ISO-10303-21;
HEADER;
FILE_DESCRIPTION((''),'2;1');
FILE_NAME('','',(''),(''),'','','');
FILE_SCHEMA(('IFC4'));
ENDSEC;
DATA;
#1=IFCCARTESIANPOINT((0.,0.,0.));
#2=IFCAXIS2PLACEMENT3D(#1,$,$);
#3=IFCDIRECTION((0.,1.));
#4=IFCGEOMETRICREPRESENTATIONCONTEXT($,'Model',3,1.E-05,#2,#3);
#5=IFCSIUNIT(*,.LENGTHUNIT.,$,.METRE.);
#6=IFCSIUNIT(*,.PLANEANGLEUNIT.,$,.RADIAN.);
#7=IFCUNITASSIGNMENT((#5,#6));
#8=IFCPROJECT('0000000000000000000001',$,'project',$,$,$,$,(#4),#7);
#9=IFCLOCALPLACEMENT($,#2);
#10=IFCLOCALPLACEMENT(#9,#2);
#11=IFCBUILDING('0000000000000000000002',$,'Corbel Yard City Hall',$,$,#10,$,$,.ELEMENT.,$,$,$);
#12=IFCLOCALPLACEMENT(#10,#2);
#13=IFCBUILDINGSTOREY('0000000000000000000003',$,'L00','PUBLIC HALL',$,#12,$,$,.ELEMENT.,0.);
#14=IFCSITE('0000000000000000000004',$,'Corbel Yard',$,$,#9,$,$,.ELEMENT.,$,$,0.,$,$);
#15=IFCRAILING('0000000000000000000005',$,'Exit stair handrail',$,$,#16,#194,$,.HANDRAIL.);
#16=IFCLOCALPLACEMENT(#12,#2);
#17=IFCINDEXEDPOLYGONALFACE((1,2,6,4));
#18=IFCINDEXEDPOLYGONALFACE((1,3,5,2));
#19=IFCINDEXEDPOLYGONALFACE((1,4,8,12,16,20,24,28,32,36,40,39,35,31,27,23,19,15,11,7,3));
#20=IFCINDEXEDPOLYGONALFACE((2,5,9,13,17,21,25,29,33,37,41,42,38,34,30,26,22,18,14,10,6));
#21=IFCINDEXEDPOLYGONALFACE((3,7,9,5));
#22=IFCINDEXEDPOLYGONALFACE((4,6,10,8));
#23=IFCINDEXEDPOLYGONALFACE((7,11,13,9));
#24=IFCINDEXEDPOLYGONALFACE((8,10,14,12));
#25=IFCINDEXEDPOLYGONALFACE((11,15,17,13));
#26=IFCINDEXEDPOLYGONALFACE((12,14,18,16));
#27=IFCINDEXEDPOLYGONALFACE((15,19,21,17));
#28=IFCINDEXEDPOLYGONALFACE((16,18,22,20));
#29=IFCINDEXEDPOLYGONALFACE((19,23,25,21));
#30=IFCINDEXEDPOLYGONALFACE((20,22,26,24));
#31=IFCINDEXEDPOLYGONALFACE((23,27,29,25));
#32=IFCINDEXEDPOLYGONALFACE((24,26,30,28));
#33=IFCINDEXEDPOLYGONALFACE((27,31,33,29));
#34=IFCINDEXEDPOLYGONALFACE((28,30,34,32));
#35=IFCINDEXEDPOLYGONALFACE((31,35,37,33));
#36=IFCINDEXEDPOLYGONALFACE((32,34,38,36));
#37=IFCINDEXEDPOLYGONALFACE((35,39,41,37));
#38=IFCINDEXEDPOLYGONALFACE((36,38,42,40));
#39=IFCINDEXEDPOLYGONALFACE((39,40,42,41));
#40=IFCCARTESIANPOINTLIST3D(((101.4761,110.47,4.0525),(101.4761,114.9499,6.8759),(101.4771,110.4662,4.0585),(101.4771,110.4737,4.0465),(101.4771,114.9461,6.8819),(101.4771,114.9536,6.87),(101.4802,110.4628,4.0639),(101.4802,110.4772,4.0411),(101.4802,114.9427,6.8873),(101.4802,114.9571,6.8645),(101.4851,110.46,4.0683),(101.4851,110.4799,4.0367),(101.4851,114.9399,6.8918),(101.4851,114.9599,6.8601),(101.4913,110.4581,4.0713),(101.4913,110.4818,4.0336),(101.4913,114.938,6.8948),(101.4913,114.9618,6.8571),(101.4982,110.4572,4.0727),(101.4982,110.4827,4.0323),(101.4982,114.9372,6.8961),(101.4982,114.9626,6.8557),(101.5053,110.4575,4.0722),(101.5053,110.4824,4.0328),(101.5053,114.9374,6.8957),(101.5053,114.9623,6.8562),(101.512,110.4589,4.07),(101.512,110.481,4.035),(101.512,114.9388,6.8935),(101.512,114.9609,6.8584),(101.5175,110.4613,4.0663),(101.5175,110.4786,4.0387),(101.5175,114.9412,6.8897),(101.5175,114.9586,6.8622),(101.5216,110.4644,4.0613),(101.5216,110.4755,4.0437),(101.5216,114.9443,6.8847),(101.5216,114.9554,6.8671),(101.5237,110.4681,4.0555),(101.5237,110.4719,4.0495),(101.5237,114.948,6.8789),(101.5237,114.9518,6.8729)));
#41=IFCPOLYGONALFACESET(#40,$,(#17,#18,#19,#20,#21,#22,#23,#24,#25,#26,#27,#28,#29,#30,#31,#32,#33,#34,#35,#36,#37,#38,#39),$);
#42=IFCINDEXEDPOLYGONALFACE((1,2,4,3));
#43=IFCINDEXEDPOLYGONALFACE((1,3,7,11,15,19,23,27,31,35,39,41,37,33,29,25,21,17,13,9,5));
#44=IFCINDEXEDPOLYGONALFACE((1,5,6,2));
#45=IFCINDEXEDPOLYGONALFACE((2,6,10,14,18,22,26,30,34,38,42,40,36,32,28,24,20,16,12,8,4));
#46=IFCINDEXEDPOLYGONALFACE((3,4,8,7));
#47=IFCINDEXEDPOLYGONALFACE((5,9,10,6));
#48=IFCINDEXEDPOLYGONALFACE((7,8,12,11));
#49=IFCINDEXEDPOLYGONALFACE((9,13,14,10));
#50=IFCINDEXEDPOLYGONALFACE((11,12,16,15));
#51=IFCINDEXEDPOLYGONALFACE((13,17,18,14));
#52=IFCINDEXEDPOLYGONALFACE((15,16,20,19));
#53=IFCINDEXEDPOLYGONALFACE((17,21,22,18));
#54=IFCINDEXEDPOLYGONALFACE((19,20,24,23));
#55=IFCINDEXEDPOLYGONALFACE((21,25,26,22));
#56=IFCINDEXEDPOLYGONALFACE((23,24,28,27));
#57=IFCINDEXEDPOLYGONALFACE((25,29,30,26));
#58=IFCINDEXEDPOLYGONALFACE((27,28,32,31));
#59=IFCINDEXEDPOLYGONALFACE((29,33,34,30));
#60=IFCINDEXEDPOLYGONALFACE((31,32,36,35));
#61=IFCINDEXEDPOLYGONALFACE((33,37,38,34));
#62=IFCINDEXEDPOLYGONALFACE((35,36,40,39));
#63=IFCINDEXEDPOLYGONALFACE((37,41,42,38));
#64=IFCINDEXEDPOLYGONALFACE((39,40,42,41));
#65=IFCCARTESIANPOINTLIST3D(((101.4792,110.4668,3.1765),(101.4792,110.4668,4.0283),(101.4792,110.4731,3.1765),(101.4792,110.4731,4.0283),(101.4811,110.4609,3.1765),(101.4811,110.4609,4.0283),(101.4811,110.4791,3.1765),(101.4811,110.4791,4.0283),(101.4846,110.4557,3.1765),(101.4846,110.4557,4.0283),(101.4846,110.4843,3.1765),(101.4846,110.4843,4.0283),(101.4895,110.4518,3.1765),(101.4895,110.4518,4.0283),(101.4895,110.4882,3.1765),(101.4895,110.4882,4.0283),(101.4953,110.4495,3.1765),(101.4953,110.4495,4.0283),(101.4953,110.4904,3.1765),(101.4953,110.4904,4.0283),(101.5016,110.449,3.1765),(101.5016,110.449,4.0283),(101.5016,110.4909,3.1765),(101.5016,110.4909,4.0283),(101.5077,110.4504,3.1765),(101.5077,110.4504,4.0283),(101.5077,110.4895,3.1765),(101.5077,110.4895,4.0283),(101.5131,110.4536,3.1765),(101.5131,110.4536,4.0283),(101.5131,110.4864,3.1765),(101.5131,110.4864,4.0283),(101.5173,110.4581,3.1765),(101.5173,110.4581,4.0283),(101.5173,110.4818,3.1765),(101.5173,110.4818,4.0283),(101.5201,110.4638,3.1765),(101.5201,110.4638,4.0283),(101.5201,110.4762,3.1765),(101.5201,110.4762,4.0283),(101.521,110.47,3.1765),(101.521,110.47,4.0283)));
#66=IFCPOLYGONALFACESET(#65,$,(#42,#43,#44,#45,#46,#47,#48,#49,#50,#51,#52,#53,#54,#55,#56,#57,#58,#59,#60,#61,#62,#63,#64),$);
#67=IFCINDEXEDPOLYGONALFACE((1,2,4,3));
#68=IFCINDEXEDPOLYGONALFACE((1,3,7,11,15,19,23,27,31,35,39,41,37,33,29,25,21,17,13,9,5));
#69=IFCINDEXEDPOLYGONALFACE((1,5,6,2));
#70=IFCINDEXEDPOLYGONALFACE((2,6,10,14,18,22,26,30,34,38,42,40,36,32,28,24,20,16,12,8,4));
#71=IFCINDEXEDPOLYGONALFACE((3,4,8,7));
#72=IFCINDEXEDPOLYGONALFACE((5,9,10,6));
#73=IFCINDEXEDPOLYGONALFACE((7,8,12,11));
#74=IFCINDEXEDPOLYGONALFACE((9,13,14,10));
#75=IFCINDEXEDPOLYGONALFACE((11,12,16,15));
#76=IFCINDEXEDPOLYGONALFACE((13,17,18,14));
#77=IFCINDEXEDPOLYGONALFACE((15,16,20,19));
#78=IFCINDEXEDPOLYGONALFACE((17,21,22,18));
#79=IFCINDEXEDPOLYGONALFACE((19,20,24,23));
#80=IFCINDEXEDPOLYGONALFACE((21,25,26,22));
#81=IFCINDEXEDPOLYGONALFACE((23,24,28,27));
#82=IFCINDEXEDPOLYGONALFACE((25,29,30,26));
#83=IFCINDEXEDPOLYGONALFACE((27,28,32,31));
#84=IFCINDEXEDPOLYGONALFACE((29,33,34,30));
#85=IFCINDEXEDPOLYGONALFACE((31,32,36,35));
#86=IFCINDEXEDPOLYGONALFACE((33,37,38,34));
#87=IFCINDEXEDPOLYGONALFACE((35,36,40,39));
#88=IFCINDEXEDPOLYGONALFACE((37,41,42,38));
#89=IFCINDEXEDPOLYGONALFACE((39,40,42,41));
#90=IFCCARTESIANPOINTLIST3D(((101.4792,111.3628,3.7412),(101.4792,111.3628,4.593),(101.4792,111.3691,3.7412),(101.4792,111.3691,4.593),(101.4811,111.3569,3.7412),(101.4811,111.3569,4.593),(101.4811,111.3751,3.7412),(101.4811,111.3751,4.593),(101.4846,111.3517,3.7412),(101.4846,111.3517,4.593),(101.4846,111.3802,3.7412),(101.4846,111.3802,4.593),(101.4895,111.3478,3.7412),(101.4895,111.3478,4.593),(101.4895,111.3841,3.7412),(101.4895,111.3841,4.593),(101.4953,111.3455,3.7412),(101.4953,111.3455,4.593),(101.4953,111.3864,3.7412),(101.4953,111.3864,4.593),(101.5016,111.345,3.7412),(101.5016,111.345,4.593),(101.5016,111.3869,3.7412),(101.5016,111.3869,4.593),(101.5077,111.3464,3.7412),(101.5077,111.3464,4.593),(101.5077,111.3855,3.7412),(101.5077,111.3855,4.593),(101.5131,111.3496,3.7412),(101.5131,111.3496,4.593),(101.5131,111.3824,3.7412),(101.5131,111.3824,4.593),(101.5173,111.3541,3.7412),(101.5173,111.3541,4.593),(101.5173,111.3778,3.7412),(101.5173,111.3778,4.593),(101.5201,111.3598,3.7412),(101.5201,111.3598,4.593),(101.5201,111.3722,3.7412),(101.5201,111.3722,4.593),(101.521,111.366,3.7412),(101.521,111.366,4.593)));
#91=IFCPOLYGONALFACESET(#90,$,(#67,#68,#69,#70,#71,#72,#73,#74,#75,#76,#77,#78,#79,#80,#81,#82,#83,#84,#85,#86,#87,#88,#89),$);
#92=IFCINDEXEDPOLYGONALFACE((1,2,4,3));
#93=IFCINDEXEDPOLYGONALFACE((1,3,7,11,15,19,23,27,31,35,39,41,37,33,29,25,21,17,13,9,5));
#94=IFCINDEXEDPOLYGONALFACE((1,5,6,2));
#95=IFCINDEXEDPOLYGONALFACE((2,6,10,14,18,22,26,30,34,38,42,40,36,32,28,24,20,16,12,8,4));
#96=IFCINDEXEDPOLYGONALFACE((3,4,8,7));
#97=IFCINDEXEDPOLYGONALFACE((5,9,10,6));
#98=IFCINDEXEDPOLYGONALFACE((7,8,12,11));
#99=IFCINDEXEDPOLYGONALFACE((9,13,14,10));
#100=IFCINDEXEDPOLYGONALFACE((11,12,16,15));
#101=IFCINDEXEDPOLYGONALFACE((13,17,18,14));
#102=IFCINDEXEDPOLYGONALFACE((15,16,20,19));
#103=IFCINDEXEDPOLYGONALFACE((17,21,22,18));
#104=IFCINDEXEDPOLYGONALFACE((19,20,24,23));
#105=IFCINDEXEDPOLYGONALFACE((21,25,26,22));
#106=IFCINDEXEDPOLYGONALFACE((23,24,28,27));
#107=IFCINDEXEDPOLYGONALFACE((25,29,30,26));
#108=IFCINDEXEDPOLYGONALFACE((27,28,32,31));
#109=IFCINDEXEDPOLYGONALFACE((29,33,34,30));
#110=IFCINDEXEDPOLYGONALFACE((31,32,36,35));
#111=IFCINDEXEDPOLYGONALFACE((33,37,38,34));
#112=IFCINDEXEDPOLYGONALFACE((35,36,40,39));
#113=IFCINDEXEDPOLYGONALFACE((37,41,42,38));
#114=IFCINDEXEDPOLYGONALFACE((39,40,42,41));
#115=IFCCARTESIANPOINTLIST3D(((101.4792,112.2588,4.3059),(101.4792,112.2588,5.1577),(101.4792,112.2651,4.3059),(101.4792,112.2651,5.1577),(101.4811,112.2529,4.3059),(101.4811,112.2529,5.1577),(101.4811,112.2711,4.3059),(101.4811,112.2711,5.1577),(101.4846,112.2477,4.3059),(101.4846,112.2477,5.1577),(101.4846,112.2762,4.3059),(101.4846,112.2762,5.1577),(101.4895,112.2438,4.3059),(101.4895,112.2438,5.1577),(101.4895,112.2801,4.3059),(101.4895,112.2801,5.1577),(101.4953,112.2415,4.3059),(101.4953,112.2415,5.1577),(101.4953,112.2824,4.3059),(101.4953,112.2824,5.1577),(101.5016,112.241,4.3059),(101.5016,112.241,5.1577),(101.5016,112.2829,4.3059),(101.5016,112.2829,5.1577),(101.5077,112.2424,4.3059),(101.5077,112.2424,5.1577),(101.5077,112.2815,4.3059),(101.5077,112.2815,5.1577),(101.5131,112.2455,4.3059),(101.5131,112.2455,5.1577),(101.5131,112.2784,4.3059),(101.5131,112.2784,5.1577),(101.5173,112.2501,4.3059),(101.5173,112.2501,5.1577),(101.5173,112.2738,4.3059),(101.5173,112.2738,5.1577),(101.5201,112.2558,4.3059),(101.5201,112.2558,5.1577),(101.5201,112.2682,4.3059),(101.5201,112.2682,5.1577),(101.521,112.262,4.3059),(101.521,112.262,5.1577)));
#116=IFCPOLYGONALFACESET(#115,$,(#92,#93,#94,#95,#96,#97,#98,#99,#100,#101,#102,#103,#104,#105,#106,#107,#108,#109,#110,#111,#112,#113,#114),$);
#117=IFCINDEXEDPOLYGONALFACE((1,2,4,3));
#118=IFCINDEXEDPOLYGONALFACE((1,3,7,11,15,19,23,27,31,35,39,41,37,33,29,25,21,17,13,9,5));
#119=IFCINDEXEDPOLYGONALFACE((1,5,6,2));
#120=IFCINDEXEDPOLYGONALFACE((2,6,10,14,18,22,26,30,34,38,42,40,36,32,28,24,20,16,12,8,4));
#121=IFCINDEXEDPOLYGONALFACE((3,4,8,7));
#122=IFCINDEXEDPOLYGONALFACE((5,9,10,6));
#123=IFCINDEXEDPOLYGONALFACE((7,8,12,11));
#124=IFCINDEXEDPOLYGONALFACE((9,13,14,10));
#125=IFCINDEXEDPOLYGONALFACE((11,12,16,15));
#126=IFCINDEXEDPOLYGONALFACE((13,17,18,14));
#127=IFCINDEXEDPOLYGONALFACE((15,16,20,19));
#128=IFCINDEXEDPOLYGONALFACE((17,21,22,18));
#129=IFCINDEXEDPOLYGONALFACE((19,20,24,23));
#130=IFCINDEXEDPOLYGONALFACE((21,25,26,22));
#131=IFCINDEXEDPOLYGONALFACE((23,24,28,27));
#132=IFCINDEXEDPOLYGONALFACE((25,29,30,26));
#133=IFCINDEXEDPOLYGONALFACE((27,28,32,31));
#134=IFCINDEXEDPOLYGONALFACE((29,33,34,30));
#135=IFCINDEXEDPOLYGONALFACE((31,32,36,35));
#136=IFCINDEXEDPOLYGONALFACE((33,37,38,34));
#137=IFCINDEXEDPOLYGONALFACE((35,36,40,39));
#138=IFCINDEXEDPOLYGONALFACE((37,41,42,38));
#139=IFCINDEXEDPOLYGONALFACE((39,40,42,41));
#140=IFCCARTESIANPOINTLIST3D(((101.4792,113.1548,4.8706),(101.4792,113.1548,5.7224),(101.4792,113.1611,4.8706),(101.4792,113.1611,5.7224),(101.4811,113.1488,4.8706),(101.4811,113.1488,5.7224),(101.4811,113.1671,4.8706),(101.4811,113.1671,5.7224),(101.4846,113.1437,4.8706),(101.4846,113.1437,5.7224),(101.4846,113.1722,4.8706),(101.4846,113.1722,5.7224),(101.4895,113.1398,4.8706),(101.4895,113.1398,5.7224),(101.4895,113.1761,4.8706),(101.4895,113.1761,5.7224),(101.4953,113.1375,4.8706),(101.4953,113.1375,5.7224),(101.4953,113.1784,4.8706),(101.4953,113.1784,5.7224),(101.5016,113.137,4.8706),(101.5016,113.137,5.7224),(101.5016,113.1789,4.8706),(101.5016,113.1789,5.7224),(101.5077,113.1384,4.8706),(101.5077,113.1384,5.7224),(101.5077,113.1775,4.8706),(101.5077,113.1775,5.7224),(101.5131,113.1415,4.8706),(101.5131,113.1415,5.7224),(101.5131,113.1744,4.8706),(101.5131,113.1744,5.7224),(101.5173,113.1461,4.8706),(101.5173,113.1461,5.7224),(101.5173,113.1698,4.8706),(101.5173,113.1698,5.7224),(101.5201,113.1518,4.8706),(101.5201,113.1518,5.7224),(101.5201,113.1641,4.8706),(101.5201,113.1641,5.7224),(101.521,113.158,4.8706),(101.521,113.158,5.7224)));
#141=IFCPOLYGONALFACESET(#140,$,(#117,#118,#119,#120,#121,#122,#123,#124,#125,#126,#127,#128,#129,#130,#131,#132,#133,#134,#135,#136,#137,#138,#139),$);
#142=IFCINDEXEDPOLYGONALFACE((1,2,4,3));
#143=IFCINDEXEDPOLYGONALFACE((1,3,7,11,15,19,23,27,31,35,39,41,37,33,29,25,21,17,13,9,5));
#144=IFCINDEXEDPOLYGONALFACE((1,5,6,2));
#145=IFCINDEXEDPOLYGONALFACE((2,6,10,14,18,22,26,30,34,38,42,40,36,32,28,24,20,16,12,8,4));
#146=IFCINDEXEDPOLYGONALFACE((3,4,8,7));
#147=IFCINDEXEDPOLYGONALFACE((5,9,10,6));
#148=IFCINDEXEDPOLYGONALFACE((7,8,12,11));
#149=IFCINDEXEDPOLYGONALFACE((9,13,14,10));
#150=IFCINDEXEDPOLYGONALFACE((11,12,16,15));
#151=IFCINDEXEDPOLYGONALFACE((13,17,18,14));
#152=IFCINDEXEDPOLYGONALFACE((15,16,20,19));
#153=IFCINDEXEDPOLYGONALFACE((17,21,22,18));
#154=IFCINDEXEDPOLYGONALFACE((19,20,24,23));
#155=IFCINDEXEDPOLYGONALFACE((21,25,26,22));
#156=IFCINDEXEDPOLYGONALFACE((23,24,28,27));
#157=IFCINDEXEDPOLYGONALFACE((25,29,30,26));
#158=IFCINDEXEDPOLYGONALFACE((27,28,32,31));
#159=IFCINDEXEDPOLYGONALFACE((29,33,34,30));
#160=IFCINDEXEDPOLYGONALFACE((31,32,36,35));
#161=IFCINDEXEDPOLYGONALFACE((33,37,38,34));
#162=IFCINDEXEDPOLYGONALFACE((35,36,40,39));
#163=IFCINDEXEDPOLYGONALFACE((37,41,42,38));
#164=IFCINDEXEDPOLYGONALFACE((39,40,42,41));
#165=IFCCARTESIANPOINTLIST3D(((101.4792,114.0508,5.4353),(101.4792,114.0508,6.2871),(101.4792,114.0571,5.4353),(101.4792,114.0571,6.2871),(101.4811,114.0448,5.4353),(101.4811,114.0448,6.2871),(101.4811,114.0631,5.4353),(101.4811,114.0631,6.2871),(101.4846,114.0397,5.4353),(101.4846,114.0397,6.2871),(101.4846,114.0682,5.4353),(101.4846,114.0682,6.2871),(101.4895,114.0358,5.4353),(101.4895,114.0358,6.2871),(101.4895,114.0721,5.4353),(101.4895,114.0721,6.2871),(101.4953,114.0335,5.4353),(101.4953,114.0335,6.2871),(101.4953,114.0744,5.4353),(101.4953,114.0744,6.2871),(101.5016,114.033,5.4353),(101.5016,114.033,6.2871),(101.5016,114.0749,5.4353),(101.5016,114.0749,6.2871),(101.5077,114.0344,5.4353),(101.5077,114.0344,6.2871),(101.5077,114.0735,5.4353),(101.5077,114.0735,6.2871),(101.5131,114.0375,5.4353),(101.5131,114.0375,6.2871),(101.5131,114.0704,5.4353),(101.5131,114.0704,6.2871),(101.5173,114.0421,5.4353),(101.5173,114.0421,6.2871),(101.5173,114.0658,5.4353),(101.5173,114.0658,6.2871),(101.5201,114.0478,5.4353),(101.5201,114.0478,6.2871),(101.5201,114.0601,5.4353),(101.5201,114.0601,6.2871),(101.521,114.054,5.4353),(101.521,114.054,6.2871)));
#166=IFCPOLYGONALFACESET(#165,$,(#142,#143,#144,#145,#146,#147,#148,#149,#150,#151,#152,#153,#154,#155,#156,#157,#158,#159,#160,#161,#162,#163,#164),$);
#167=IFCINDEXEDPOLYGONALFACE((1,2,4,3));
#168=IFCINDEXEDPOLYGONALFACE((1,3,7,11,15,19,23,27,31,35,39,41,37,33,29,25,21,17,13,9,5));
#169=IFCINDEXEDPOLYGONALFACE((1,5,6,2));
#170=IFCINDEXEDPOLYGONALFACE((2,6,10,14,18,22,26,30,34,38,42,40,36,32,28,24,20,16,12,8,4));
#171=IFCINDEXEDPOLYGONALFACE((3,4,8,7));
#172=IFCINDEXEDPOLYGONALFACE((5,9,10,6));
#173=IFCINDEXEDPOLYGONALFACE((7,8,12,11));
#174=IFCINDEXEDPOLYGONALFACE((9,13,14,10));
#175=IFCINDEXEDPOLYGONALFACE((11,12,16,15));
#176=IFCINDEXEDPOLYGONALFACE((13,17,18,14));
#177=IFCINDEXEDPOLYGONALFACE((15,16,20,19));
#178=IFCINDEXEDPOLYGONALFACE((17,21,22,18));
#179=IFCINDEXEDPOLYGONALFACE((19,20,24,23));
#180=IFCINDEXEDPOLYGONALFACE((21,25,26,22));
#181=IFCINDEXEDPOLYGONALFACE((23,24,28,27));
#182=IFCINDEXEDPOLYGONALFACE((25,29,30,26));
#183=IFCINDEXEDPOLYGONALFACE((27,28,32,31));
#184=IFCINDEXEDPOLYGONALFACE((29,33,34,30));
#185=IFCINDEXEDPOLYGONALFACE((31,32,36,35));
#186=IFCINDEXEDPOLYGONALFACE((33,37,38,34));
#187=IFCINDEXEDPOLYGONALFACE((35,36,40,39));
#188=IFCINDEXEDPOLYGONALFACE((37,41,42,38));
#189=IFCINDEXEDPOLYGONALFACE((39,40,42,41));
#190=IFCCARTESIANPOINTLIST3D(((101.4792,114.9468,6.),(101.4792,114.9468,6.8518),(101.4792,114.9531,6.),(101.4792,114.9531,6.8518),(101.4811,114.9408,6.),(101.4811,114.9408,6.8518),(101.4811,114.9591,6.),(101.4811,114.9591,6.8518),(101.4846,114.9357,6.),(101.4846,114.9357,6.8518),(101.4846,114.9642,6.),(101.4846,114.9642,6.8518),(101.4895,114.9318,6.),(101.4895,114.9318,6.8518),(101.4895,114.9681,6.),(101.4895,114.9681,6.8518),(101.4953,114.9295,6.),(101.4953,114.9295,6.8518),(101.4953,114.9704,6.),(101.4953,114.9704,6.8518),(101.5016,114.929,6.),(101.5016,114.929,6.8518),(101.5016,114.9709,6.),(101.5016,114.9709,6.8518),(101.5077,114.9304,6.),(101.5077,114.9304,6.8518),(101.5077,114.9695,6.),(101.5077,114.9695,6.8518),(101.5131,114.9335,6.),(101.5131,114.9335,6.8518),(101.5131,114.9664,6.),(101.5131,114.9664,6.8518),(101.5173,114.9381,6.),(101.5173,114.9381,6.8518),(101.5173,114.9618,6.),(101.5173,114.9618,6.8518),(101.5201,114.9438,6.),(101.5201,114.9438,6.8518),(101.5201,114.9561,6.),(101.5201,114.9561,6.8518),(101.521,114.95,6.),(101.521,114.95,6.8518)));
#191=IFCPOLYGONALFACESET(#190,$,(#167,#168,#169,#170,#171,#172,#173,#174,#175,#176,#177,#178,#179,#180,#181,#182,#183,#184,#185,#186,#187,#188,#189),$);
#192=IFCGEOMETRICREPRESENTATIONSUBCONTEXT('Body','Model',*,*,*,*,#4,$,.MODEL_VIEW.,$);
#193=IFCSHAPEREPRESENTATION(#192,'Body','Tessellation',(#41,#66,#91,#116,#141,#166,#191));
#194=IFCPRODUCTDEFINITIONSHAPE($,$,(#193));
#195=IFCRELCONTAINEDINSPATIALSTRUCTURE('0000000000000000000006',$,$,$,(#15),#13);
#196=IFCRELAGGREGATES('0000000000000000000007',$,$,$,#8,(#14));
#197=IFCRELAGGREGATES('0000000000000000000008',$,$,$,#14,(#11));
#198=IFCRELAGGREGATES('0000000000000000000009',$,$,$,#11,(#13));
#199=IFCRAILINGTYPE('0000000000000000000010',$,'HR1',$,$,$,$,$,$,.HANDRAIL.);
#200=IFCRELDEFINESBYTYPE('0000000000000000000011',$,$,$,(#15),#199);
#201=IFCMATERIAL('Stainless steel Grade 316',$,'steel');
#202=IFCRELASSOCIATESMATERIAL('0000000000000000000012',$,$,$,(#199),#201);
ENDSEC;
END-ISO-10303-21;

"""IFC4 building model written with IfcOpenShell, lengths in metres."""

from ifc_helpers import new_model, si_unit, direction, frame, origin, origin_2d, place, context, subcontext, project, spatial, circle, extrude, material, type_object, element, save


model = new_model("IFC4")

# Units and contexts
model_context = context("Model", 3, precision=1e-05, world=origin(), true_north=direction((0.0, 1.0)))
body_context = subcontext(model_context, "Body", "Model", "MODEL_VIEW")
ifc_project = project(units=[si_unit("LENGTHUNIT", "METRE"), si_unit("PLANEANGLEUNIT", "RADIAN")], contexts=[model_context])

# Site, building, storey
site_placement = place(None, origin())
site = spatial("IfcSite", under=ifc_project, at=site_placement, Name="Corbel Yard", CompositionType="ELEMENT", RefElevation=0.0)
building_placement = place(site_placement, origin())
building = spatial("IfcBuilding", under=site, at=building_placement, Name="Corbel Yard City Hall", CompositionType="ELEMENT")
storey_placement = place(building_placement, origin())
storey = spatial("IfcBuildingStorey", under=building, at=storey_placement, Name="L00", Description="PUBLIC HALL", CompositionType="ELEMENT", Elevation=0.0)

# Shared definitions
ifc_material_1 = material(Name="Stainless steel Grade 316", Category="steel")

# Railing
railing_type = type_object("IfcRailingType", Name="HR1", PredefinedType="HANDRAIL", material=ifc_material_1)
for number, where, name in (
    (1, (101.5, 110.47, 3.1765), "Exit stair handrail"),
):
    element("IfcRailing", number, at=place(storey_placement, frame(where)), inside=storey, type_object=railing_type, Name=name, PredefinedType="HANDRAIL", context=body_context, shape_type="SweptSolid", body=[
        extrude(circle(Radius=0.0239, at=origin_2d()), frame((0.0, 0.0, 0.876), z_axis=(0.0, 0.845998, 0.533186), x_axis=(-1.0, 0.0, 0.0)), (0.0, 0.0, 1.0), 5.2954),
        extrude(circle(Radius=0.021, at=origin_2d()), origin(), (0.0, 0.0, 1.0), 0.8518),
        extrude(circle(Radius=0.021, at=origin_2d()), frame((0.0, 0.896, 0.5647)), (0.0, 0.0, 1.0), 0.8518),
        extrude(circle(Radius=0.021, at=origin_2d()), frame((0.0, 1.792, 1.1294)), (0.0, 0.0, 1.0), 0.8518),
        extrude(circle(Radius=0.021, at=origin_2d()), frame((0.0, 2.688, 1.6941)), (0.0, 0.0, 1.0), 0.8518),
        extrude(circle(Radius=0.021, at=origin_2d()), frame((0.0, 3.584, 2.2588)), (0.0, 0.0, 1.0), 0.8518),
        extrude(circle(Radius=0.021, at=origin_2d()), frame((0.0, 4.48, 2.8235)), (0.0, 0.0, 1.0), 0.8518),
    ])

save(model, "model.ifc")
